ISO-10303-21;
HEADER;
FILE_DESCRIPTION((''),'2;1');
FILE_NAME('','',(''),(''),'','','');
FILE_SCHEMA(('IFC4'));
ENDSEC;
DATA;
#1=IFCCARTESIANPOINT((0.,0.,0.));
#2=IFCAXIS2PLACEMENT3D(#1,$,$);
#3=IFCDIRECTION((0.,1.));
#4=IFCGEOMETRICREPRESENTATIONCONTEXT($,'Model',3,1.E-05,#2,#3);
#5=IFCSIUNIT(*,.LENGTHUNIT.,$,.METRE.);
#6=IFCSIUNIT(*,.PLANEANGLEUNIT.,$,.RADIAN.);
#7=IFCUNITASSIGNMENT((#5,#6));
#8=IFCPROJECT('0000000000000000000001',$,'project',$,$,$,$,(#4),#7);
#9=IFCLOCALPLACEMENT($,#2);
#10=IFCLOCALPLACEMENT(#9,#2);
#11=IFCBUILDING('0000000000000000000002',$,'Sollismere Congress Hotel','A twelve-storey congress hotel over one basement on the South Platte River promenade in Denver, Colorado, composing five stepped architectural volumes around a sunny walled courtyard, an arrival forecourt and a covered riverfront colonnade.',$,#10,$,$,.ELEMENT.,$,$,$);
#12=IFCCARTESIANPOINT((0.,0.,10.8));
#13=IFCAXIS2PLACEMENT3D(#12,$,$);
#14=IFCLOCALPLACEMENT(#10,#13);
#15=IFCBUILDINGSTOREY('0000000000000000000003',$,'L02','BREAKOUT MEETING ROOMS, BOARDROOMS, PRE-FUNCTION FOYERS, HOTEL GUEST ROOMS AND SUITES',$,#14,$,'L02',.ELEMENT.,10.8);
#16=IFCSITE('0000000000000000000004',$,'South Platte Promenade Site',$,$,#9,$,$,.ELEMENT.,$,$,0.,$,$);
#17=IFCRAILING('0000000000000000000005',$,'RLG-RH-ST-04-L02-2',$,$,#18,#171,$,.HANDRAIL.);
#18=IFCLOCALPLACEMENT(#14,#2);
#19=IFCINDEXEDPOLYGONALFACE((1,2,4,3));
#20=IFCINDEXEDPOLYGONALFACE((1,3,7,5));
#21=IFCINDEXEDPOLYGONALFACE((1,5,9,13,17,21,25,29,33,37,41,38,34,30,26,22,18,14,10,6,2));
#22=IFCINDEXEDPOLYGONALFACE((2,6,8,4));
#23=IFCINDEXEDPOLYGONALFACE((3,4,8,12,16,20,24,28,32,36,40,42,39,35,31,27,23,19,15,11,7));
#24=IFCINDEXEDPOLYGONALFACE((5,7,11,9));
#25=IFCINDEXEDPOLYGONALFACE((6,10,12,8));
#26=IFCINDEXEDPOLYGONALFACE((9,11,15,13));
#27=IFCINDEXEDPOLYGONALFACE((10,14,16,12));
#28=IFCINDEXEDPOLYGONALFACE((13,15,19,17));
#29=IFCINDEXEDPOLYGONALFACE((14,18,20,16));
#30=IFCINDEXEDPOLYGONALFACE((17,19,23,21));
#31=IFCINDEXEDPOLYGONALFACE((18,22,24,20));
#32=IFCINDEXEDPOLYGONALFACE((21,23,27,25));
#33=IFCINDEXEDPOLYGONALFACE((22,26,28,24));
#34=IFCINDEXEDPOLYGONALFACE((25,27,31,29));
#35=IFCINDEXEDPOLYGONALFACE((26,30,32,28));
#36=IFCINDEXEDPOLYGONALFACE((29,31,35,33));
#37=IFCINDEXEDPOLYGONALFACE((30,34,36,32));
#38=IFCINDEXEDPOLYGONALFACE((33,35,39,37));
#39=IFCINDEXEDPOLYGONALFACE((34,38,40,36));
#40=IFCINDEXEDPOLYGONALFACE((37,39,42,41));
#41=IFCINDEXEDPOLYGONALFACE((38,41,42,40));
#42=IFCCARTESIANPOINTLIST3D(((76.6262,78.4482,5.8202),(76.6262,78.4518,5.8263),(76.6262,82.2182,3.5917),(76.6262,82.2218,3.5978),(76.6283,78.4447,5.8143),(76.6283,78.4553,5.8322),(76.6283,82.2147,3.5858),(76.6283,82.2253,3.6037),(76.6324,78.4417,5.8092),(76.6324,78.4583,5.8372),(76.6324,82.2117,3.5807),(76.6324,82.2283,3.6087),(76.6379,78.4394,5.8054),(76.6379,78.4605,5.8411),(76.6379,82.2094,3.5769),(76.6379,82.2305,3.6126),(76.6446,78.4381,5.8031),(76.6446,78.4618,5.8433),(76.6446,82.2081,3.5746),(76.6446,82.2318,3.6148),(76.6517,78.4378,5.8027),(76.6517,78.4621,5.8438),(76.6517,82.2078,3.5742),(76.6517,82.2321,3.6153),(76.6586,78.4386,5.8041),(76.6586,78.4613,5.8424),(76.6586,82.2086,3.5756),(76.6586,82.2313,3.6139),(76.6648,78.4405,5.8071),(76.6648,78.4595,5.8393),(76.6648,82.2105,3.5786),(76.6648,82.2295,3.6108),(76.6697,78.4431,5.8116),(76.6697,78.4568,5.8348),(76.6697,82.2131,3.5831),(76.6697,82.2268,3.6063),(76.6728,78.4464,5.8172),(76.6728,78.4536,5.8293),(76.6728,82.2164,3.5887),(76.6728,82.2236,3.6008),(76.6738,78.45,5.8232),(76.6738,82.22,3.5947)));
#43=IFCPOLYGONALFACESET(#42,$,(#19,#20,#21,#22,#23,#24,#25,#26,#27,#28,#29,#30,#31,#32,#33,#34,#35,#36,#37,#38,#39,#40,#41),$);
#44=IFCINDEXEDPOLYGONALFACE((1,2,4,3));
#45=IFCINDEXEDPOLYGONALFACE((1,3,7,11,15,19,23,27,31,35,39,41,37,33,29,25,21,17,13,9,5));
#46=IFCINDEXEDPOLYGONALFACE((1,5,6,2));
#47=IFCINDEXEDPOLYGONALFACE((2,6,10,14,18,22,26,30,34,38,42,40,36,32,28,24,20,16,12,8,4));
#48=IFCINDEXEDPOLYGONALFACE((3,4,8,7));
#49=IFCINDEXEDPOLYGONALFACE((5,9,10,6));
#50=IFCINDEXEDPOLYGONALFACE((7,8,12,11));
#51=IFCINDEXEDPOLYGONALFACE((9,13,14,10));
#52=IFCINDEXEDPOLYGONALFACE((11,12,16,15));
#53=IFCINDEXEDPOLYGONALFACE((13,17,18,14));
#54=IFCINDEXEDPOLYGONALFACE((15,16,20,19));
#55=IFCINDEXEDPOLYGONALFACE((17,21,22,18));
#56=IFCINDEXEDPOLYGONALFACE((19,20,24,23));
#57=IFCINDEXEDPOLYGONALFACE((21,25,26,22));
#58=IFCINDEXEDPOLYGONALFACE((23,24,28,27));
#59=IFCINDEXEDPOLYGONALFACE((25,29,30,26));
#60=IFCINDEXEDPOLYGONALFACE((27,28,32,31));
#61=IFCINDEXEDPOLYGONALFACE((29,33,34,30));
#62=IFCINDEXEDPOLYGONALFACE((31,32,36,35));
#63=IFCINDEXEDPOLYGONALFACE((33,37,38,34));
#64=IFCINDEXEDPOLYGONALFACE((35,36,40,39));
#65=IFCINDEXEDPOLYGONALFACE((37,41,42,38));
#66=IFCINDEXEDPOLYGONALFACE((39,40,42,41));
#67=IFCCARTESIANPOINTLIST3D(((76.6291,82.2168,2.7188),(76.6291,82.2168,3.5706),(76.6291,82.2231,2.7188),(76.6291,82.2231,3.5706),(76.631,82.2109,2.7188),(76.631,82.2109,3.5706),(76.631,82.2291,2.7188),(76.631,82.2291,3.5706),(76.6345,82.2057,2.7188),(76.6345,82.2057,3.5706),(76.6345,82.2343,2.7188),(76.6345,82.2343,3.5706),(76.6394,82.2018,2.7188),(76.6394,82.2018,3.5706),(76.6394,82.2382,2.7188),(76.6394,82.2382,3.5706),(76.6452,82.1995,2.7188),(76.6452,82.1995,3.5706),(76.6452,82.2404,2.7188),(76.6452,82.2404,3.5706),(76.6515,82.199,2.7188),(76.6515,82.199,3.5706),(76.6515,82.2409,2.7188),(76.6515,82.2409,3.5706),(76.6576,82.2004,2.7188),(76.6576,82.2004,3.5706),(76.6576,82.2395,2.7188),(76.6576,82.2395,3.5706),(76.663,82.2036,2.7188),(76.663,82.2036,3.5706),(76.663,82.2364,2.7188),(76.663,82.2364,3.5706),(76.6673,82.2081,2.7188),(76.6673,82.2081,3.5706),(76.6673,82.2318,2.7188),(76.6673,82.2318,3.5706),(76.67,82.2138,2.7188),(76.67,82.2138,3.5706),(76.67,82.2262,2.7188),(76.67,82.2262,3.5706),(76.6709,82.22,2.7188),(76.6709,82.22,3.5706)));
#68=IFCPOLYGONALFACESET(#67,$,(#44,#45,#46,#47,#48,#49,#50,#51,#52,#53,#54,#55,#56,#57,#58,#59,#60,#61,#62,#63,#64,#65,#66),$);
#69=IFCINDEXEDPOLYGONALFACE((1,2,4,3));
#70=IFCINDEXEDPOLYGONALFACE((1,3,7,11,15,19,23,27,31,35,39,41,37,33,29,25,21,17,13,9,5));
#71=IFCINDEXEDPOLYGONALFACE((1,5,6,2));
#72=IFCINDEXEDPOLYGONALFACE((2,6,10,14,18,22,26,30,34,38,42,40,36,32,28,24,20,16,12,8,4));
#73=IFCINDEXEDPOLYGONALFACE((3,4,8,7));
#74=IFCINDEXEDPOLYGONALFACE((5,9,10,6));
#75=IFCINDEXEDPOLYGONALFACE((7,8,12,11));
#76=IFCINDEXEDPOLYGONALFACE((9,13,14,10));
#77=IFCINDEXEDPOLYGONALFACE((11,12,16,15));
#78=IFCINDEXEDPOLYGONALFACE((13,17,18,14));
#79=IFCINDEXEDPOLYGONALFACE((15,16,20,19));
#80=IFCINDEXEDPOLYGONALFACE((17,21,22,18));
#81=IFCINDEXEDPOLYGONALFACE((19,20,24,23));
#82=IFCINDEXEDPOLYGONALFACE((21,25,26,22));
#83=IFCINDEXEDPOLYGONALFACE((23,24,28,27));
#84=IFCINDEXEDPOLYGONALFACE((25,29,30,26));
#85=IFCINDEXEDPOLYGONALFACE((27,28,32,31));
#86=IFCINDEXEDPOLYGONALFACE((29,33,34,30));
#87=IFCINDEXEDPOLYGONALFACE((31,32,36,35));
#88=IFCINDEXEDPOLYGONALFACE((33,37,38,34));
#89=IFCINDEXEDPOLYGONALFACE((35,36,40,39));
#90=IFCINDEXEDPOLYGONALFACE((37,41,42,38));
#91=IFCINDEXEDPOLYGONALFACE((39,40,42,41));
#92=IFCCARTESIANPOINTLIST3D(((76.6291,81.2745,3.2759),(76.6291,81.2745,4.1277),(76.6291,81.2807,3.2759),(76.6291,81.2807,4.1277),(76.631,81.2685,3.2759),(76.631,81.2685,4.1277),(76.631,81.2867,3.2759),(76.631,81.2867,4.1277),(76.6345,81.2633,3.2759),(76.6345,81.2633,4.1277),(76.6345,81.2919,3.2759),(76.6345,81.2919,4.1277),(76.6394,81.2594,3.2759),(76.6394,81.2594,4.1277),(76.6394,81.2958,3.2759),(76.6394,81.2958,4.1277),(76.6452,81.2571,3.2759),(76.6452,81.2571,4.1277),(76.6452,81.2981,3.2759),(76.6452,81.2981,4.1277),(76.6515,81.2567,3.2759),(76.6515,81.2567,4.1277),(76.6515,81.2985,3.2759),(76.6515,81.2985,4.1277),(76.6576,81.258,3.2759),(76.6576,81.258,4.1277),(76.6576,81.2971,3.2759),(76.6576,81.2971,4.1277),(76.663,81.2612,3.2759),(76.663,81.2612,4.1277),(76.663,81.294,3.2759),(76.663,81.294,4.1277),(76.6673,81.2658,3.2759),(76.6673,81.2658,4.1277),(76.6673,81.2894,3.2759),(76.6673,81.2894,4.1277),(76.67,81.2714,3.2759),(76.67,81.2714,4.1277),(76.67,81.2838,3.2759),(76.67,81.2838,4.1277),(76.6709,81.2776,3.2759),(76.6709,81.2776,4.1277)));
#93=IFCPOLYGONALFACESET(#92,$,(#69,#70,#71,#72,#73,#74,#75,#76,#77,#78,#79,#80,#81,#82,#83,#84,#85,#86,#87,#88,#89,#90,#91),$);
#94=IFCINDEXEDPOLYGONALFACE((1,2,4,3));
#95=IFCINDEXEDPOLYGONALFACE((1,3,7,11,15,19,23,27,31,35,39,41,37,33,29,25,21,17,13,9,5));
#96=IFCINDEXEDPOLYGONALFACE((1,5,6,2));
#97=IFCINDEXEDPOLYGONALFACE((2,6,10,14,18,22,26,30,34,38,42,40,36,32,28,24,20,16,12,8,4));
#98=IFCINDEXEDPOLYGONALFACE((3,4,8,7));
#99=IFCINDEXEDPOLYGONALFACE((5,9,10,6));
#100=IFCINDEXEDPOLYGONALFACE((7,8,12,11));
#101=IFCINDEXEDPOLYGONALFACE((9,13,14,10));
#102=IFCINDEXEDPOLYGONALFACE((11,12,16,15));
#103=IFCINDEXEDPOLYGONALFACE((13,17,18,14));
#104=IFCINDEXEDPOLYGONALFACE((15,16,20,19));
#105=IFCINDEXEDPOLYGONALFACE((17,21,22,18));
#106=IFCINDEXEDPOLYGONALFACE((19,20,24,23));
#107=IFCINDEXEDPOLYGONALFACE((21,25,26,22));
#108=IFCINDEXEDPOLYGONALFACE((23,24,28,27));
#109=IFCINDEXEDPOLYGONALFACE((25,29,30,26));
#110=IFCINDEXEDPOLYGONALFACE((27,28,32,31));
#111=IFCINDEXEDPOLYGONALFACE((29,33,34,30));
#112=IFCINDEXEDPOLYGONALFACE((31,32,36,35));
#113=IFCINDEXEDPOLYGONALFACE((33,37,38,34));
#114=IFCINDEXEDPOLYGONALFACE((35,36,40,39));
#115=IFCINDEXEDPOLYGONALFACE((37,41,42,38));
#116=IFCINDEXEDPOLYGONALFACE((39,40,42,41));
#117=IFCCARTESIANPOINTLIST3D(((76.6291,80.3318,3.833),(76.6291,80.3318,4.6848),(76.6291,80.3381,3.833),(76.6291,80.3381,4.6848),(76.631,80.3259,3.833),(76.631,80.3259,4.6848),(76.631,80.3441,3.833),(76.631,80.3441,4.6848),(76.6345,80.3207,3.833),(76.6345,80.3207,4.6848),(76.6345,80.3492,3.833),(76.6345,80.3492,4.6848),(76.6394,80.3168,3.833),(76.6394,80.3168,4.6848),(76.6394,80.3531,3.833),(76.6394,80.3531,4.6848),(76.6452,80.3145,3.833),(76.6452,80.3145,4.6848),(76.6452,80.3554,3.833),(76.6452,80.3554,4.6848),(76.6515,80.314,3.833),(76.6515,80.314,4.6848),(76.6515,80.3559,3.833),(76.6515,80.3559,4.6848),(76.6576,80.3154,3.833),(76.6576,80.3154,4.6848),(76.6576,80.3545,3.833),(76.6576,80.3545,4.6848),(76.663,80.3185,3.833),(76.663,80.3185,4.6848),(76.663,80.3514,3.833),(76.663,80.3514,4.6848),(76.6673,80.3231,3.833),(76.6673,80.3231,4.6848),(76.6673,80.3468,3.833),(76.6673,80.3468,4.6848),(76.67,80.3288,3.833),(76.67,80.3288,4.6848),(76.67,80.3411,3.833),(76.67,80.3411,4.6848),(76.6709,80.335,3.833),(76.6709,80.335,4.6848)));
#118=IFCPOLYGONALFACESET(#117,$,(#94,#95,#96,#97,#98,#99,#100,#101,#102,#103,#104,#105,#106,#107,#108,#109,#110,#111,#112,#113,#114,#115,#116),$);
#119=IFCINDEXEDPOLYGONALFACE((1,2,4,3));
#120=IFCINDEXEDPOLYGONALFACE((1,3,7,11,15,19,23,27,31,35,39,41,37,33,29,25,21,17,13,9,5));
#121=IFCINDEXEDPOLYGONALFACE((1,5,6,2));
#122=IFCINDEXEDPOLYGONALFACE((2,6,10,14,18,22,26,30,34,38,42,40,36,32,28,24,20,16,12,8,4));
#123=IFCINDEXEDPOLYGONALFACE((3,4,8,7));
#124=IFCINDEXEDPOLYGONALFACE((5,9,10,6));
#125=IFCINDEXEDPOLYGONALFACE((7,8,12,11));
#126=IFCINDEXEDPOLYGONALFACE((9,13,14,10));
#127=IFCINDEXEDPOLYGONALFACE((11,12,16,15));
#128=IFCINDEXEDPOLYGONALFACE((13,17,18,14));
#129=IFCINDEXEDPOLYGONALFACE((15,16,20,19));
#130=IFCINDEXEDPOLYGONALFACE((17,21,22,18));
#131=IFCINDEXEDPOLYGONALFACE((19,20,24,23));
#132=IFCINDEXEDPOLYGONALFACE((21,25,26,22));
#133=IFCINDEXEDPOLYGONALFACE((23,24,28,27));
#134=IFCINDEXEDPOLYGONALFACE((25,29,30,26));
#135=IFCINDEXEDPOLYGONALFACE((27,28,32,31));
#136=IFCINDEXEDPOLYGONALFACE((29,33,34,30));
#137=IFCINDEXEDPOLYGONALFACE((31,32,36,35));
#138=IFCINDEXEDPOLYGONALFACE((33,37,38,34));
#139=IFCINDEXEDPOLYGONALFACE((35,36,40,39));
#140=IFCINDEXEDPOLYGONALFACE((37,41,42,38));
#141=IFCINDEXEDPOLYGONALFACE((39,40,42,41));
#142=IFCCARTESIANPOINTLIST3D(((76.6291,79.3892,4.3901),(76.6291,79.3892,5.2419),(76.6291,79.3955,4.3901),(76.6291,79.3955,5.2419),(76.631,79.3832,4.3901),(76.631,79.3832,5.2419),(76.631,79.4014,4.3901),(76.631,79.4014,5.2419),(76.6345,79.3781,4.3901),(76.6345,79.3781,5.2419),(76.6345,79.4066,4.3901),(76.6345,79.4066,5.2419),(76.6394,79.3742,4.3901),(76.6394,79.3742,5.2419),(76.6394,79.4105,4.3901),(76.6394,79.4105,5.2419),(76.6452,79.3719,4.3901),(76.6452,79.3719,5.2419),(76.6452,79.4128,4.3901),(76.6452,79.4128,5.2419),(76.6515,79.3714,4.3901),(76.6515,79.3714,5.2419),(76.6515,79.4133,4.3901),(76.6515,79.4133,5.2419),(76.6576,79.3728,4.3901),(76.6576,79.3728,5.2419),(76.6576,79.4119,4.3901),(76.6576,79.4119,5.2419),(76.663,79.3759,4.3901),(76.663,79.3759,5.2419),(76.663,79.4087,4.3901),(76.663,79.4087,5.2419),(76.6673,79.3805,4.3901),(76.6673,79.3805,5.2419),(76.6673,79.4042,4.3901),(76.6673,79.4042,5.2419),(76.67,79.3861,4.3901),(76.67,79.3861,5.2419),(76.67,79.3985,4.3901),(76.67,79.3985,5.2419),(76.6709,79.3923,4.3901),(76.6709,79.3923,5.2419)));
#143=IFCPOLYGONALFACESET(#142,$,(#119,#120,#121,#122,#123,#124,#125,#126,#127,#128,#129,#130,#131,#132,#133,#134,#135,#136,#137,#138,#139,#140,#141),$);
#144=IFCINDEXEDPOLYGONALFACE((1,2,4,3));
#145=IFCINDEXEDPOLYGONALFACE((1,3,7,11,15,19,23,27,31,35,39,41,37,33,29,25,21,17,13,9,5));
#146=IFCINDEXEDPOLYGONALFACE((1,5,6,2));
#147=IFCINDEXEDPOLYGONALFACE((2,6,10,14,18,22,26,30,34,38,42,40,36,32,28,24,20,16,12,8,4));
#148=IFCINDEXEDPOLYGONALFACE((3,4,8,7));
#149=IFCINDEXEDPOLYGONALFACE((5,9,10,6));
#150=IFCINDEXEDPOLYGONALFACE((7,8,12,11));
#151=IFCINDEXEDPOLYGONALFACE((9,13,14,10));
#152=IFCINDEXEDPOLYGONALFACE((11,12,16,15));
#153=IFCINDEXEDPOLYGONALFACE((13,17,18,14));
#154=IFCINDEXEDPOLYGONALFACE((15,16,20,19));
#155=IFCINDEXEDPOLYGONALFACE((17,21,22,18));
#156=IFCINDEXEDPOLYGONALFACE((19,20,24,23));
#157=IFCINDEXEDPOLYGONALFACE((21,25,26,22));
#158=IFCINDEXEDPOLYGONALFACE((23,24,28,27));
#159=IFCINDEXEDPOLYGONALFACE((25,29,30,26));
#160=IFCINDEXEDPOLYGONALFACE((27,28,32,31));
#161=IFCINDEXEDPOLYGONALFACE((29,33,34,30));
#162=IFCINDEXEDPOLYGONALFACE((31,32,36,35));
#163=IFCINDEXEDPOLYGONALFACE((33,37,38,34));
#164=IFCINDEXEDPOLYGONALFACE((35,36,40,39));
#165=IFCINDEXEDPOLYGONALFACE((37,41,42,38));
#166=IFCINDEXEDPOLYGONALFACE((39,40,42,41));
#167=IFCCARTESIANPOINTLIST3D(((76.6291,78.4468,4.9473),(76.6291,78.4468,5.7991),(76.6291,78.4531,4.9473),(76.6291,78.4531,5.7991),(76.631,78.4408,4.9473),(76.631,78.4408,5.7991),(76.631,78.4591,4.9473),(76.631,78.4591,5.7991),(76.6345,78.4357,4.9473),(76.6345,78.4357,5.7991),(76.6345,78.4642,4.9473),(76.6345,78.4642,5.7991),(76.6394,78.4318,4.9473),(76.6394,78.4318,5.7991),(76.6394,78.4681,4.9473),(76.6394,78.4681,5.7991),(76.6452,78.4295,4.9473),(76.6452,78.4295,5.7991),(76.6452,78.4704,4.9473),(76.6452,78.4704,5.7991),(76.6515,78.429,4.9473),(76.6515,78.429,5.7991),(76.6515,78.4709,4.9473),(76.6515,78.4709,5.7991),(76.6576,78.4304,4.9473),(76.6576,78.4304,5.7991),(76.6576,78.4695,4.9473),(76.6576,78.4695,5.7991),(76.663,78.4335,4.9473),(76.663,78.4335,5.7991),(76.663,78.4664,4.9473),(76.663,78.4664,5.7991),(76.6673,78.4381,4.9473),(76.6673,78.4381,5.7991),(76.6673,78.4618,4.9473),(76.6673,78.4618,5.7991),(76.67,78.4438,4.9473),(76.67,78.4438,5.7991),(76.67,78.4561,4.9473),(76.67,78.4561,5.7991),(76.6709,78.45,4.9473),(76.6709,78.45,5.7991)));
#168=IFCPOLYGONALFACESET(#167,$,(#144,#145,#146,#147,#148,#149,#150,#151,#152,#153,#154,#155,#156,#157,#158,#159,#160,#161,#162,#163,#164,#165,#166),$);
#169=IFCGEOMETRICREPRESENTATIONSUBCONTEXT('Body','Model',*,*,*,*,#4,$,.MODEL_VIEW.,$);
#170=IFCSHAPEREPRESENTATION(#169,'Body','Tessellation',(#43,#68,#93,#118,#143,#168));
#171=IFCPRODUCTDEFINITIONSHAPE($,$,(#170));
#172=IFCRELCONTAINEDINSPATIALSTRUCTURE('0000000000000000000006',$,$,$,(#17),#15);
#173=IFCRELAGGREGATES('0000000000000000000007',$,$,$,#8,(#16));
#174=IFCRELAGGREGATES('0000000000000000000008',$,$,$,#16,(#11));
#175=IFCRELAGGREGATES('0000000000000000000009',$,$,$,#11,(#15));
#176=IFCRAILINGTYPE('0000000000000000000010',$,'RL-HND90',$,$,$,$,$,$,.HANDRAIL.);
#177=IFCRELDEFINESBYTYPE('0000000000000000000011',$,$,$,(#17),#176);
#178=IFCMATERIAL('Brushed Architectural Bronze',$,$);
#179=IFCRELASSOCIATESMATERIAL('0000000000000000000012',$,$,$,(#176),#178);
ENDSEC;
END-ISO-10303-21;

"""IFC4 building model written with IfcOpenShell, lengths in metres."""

from ifc_helpers import new_model, si_unit, direction, frame, origin, origin_2d, place, context, subcontext, project, spatial, circle, extrude, material, type_object, element, save


model = new_model("IFC4")

# Units and contexts
model_context = context("Model", 3, precision=1e-05, world=origin(), true_north=direction((0.0, 1.0)))
body_context = subcontext(model_context, "Body", "Model", "MODEL_VIEW")
ifc_project = project(units=[si_unit("LENGTHUNIT", "METRE"), si_unit("PLANEANGLEUNIT", "RADIAN")], contexts=[model_context])

# Site, building, storey
site_placement = place(None, origin())
site = spatial("IfcSite", under=ifc_project, at=site_placement, Name="South Platte Promenade Site", CompositionType="ELEMENT", RefElevation=0.0)
building_placement = place(site_placement, origin())
building = spatial("IfcBuilding", under=site, at=building_placement, Name="Sollismere Congress Hotel", Description="A twelve-storey congress hotel over one basement on the South Platte River promenade in Denver, Colorado, composing five stepped architectural volumes around a sunny walled courtyard, an arrival forecourt and a covered riverfront colonnade.", CompositionType="ELEMENT")
storey_placement = place(building_placement, frame((0.0, 0.0, 10.8)))
storey = spatial("IfcBuildingStorey", under=building, at=storey_placement, Name="L02", Description="BREAKOUT MEETING ROOMS, BOARDROOMS, PRE-FUNCTION FOYERS, HOTEL GUEST ROOMS AND SUITES", LongName="L02", CompositionType="ELEMENT", Elevation=10.8)

# Railing
ifc_material_1 = material(Name="Brushed Architectural Bronze")
railing_type_1 = type_object("IfcRailingType", Name="RL-HND90", PredefinedType="HANDRAIL", material=ifc_material_1)
railing_1_placement = place(storey_placement, frame((76.6499, 82.22, 2.7188)))
element("IfcRailing", 1, at=railing_1_placement, inside=storey, type_object=railing_type_1, Name="RLG-RH-ST-04-L02-2", PredefinedType="HANDRAIL", context=body_context, shape_type="SweptSolid", body=[
    extrude(circle(Radius=0.0239, at=origin_2d()), frame((0.0, 0.0, 0.876), z_axis=(0.0, -0.860849, 0.508861), x_axis=(1.0, 0.0, 0.0)), (0.0, 0.0, 1.0), 4.3794),
    extrude(circle(Radius=0.021, at=origin_2d()), origin(), (0.0, 0.0, 1.0), 0.8518),
    extrude(circle(Radius=0.021, at=origin_2d()), frame((0.0, -0.9424, 0.5571)), (0.0, 0.0, 1.0), 0.8518),
    extrude(circle(Radius=0.021, at=origin_2d()), frame((0.0, -1.885, 1.1143)), (0.0, 0.0, 1.0), 0.8518),
    extrude(circle(Radius=0.021, at=origin_2d()), frame((0.0, -2.8276, 1.6714)), (0.0, 0.0, 1.0), 0.8518),
    extrude(circle(Radius=0.021, at=origin_2d()), frame((0.0, -3.77, 2.2285)), (0.0, 0.0, 1.0), 0.8518),
])

save(model, "model.ifc")
